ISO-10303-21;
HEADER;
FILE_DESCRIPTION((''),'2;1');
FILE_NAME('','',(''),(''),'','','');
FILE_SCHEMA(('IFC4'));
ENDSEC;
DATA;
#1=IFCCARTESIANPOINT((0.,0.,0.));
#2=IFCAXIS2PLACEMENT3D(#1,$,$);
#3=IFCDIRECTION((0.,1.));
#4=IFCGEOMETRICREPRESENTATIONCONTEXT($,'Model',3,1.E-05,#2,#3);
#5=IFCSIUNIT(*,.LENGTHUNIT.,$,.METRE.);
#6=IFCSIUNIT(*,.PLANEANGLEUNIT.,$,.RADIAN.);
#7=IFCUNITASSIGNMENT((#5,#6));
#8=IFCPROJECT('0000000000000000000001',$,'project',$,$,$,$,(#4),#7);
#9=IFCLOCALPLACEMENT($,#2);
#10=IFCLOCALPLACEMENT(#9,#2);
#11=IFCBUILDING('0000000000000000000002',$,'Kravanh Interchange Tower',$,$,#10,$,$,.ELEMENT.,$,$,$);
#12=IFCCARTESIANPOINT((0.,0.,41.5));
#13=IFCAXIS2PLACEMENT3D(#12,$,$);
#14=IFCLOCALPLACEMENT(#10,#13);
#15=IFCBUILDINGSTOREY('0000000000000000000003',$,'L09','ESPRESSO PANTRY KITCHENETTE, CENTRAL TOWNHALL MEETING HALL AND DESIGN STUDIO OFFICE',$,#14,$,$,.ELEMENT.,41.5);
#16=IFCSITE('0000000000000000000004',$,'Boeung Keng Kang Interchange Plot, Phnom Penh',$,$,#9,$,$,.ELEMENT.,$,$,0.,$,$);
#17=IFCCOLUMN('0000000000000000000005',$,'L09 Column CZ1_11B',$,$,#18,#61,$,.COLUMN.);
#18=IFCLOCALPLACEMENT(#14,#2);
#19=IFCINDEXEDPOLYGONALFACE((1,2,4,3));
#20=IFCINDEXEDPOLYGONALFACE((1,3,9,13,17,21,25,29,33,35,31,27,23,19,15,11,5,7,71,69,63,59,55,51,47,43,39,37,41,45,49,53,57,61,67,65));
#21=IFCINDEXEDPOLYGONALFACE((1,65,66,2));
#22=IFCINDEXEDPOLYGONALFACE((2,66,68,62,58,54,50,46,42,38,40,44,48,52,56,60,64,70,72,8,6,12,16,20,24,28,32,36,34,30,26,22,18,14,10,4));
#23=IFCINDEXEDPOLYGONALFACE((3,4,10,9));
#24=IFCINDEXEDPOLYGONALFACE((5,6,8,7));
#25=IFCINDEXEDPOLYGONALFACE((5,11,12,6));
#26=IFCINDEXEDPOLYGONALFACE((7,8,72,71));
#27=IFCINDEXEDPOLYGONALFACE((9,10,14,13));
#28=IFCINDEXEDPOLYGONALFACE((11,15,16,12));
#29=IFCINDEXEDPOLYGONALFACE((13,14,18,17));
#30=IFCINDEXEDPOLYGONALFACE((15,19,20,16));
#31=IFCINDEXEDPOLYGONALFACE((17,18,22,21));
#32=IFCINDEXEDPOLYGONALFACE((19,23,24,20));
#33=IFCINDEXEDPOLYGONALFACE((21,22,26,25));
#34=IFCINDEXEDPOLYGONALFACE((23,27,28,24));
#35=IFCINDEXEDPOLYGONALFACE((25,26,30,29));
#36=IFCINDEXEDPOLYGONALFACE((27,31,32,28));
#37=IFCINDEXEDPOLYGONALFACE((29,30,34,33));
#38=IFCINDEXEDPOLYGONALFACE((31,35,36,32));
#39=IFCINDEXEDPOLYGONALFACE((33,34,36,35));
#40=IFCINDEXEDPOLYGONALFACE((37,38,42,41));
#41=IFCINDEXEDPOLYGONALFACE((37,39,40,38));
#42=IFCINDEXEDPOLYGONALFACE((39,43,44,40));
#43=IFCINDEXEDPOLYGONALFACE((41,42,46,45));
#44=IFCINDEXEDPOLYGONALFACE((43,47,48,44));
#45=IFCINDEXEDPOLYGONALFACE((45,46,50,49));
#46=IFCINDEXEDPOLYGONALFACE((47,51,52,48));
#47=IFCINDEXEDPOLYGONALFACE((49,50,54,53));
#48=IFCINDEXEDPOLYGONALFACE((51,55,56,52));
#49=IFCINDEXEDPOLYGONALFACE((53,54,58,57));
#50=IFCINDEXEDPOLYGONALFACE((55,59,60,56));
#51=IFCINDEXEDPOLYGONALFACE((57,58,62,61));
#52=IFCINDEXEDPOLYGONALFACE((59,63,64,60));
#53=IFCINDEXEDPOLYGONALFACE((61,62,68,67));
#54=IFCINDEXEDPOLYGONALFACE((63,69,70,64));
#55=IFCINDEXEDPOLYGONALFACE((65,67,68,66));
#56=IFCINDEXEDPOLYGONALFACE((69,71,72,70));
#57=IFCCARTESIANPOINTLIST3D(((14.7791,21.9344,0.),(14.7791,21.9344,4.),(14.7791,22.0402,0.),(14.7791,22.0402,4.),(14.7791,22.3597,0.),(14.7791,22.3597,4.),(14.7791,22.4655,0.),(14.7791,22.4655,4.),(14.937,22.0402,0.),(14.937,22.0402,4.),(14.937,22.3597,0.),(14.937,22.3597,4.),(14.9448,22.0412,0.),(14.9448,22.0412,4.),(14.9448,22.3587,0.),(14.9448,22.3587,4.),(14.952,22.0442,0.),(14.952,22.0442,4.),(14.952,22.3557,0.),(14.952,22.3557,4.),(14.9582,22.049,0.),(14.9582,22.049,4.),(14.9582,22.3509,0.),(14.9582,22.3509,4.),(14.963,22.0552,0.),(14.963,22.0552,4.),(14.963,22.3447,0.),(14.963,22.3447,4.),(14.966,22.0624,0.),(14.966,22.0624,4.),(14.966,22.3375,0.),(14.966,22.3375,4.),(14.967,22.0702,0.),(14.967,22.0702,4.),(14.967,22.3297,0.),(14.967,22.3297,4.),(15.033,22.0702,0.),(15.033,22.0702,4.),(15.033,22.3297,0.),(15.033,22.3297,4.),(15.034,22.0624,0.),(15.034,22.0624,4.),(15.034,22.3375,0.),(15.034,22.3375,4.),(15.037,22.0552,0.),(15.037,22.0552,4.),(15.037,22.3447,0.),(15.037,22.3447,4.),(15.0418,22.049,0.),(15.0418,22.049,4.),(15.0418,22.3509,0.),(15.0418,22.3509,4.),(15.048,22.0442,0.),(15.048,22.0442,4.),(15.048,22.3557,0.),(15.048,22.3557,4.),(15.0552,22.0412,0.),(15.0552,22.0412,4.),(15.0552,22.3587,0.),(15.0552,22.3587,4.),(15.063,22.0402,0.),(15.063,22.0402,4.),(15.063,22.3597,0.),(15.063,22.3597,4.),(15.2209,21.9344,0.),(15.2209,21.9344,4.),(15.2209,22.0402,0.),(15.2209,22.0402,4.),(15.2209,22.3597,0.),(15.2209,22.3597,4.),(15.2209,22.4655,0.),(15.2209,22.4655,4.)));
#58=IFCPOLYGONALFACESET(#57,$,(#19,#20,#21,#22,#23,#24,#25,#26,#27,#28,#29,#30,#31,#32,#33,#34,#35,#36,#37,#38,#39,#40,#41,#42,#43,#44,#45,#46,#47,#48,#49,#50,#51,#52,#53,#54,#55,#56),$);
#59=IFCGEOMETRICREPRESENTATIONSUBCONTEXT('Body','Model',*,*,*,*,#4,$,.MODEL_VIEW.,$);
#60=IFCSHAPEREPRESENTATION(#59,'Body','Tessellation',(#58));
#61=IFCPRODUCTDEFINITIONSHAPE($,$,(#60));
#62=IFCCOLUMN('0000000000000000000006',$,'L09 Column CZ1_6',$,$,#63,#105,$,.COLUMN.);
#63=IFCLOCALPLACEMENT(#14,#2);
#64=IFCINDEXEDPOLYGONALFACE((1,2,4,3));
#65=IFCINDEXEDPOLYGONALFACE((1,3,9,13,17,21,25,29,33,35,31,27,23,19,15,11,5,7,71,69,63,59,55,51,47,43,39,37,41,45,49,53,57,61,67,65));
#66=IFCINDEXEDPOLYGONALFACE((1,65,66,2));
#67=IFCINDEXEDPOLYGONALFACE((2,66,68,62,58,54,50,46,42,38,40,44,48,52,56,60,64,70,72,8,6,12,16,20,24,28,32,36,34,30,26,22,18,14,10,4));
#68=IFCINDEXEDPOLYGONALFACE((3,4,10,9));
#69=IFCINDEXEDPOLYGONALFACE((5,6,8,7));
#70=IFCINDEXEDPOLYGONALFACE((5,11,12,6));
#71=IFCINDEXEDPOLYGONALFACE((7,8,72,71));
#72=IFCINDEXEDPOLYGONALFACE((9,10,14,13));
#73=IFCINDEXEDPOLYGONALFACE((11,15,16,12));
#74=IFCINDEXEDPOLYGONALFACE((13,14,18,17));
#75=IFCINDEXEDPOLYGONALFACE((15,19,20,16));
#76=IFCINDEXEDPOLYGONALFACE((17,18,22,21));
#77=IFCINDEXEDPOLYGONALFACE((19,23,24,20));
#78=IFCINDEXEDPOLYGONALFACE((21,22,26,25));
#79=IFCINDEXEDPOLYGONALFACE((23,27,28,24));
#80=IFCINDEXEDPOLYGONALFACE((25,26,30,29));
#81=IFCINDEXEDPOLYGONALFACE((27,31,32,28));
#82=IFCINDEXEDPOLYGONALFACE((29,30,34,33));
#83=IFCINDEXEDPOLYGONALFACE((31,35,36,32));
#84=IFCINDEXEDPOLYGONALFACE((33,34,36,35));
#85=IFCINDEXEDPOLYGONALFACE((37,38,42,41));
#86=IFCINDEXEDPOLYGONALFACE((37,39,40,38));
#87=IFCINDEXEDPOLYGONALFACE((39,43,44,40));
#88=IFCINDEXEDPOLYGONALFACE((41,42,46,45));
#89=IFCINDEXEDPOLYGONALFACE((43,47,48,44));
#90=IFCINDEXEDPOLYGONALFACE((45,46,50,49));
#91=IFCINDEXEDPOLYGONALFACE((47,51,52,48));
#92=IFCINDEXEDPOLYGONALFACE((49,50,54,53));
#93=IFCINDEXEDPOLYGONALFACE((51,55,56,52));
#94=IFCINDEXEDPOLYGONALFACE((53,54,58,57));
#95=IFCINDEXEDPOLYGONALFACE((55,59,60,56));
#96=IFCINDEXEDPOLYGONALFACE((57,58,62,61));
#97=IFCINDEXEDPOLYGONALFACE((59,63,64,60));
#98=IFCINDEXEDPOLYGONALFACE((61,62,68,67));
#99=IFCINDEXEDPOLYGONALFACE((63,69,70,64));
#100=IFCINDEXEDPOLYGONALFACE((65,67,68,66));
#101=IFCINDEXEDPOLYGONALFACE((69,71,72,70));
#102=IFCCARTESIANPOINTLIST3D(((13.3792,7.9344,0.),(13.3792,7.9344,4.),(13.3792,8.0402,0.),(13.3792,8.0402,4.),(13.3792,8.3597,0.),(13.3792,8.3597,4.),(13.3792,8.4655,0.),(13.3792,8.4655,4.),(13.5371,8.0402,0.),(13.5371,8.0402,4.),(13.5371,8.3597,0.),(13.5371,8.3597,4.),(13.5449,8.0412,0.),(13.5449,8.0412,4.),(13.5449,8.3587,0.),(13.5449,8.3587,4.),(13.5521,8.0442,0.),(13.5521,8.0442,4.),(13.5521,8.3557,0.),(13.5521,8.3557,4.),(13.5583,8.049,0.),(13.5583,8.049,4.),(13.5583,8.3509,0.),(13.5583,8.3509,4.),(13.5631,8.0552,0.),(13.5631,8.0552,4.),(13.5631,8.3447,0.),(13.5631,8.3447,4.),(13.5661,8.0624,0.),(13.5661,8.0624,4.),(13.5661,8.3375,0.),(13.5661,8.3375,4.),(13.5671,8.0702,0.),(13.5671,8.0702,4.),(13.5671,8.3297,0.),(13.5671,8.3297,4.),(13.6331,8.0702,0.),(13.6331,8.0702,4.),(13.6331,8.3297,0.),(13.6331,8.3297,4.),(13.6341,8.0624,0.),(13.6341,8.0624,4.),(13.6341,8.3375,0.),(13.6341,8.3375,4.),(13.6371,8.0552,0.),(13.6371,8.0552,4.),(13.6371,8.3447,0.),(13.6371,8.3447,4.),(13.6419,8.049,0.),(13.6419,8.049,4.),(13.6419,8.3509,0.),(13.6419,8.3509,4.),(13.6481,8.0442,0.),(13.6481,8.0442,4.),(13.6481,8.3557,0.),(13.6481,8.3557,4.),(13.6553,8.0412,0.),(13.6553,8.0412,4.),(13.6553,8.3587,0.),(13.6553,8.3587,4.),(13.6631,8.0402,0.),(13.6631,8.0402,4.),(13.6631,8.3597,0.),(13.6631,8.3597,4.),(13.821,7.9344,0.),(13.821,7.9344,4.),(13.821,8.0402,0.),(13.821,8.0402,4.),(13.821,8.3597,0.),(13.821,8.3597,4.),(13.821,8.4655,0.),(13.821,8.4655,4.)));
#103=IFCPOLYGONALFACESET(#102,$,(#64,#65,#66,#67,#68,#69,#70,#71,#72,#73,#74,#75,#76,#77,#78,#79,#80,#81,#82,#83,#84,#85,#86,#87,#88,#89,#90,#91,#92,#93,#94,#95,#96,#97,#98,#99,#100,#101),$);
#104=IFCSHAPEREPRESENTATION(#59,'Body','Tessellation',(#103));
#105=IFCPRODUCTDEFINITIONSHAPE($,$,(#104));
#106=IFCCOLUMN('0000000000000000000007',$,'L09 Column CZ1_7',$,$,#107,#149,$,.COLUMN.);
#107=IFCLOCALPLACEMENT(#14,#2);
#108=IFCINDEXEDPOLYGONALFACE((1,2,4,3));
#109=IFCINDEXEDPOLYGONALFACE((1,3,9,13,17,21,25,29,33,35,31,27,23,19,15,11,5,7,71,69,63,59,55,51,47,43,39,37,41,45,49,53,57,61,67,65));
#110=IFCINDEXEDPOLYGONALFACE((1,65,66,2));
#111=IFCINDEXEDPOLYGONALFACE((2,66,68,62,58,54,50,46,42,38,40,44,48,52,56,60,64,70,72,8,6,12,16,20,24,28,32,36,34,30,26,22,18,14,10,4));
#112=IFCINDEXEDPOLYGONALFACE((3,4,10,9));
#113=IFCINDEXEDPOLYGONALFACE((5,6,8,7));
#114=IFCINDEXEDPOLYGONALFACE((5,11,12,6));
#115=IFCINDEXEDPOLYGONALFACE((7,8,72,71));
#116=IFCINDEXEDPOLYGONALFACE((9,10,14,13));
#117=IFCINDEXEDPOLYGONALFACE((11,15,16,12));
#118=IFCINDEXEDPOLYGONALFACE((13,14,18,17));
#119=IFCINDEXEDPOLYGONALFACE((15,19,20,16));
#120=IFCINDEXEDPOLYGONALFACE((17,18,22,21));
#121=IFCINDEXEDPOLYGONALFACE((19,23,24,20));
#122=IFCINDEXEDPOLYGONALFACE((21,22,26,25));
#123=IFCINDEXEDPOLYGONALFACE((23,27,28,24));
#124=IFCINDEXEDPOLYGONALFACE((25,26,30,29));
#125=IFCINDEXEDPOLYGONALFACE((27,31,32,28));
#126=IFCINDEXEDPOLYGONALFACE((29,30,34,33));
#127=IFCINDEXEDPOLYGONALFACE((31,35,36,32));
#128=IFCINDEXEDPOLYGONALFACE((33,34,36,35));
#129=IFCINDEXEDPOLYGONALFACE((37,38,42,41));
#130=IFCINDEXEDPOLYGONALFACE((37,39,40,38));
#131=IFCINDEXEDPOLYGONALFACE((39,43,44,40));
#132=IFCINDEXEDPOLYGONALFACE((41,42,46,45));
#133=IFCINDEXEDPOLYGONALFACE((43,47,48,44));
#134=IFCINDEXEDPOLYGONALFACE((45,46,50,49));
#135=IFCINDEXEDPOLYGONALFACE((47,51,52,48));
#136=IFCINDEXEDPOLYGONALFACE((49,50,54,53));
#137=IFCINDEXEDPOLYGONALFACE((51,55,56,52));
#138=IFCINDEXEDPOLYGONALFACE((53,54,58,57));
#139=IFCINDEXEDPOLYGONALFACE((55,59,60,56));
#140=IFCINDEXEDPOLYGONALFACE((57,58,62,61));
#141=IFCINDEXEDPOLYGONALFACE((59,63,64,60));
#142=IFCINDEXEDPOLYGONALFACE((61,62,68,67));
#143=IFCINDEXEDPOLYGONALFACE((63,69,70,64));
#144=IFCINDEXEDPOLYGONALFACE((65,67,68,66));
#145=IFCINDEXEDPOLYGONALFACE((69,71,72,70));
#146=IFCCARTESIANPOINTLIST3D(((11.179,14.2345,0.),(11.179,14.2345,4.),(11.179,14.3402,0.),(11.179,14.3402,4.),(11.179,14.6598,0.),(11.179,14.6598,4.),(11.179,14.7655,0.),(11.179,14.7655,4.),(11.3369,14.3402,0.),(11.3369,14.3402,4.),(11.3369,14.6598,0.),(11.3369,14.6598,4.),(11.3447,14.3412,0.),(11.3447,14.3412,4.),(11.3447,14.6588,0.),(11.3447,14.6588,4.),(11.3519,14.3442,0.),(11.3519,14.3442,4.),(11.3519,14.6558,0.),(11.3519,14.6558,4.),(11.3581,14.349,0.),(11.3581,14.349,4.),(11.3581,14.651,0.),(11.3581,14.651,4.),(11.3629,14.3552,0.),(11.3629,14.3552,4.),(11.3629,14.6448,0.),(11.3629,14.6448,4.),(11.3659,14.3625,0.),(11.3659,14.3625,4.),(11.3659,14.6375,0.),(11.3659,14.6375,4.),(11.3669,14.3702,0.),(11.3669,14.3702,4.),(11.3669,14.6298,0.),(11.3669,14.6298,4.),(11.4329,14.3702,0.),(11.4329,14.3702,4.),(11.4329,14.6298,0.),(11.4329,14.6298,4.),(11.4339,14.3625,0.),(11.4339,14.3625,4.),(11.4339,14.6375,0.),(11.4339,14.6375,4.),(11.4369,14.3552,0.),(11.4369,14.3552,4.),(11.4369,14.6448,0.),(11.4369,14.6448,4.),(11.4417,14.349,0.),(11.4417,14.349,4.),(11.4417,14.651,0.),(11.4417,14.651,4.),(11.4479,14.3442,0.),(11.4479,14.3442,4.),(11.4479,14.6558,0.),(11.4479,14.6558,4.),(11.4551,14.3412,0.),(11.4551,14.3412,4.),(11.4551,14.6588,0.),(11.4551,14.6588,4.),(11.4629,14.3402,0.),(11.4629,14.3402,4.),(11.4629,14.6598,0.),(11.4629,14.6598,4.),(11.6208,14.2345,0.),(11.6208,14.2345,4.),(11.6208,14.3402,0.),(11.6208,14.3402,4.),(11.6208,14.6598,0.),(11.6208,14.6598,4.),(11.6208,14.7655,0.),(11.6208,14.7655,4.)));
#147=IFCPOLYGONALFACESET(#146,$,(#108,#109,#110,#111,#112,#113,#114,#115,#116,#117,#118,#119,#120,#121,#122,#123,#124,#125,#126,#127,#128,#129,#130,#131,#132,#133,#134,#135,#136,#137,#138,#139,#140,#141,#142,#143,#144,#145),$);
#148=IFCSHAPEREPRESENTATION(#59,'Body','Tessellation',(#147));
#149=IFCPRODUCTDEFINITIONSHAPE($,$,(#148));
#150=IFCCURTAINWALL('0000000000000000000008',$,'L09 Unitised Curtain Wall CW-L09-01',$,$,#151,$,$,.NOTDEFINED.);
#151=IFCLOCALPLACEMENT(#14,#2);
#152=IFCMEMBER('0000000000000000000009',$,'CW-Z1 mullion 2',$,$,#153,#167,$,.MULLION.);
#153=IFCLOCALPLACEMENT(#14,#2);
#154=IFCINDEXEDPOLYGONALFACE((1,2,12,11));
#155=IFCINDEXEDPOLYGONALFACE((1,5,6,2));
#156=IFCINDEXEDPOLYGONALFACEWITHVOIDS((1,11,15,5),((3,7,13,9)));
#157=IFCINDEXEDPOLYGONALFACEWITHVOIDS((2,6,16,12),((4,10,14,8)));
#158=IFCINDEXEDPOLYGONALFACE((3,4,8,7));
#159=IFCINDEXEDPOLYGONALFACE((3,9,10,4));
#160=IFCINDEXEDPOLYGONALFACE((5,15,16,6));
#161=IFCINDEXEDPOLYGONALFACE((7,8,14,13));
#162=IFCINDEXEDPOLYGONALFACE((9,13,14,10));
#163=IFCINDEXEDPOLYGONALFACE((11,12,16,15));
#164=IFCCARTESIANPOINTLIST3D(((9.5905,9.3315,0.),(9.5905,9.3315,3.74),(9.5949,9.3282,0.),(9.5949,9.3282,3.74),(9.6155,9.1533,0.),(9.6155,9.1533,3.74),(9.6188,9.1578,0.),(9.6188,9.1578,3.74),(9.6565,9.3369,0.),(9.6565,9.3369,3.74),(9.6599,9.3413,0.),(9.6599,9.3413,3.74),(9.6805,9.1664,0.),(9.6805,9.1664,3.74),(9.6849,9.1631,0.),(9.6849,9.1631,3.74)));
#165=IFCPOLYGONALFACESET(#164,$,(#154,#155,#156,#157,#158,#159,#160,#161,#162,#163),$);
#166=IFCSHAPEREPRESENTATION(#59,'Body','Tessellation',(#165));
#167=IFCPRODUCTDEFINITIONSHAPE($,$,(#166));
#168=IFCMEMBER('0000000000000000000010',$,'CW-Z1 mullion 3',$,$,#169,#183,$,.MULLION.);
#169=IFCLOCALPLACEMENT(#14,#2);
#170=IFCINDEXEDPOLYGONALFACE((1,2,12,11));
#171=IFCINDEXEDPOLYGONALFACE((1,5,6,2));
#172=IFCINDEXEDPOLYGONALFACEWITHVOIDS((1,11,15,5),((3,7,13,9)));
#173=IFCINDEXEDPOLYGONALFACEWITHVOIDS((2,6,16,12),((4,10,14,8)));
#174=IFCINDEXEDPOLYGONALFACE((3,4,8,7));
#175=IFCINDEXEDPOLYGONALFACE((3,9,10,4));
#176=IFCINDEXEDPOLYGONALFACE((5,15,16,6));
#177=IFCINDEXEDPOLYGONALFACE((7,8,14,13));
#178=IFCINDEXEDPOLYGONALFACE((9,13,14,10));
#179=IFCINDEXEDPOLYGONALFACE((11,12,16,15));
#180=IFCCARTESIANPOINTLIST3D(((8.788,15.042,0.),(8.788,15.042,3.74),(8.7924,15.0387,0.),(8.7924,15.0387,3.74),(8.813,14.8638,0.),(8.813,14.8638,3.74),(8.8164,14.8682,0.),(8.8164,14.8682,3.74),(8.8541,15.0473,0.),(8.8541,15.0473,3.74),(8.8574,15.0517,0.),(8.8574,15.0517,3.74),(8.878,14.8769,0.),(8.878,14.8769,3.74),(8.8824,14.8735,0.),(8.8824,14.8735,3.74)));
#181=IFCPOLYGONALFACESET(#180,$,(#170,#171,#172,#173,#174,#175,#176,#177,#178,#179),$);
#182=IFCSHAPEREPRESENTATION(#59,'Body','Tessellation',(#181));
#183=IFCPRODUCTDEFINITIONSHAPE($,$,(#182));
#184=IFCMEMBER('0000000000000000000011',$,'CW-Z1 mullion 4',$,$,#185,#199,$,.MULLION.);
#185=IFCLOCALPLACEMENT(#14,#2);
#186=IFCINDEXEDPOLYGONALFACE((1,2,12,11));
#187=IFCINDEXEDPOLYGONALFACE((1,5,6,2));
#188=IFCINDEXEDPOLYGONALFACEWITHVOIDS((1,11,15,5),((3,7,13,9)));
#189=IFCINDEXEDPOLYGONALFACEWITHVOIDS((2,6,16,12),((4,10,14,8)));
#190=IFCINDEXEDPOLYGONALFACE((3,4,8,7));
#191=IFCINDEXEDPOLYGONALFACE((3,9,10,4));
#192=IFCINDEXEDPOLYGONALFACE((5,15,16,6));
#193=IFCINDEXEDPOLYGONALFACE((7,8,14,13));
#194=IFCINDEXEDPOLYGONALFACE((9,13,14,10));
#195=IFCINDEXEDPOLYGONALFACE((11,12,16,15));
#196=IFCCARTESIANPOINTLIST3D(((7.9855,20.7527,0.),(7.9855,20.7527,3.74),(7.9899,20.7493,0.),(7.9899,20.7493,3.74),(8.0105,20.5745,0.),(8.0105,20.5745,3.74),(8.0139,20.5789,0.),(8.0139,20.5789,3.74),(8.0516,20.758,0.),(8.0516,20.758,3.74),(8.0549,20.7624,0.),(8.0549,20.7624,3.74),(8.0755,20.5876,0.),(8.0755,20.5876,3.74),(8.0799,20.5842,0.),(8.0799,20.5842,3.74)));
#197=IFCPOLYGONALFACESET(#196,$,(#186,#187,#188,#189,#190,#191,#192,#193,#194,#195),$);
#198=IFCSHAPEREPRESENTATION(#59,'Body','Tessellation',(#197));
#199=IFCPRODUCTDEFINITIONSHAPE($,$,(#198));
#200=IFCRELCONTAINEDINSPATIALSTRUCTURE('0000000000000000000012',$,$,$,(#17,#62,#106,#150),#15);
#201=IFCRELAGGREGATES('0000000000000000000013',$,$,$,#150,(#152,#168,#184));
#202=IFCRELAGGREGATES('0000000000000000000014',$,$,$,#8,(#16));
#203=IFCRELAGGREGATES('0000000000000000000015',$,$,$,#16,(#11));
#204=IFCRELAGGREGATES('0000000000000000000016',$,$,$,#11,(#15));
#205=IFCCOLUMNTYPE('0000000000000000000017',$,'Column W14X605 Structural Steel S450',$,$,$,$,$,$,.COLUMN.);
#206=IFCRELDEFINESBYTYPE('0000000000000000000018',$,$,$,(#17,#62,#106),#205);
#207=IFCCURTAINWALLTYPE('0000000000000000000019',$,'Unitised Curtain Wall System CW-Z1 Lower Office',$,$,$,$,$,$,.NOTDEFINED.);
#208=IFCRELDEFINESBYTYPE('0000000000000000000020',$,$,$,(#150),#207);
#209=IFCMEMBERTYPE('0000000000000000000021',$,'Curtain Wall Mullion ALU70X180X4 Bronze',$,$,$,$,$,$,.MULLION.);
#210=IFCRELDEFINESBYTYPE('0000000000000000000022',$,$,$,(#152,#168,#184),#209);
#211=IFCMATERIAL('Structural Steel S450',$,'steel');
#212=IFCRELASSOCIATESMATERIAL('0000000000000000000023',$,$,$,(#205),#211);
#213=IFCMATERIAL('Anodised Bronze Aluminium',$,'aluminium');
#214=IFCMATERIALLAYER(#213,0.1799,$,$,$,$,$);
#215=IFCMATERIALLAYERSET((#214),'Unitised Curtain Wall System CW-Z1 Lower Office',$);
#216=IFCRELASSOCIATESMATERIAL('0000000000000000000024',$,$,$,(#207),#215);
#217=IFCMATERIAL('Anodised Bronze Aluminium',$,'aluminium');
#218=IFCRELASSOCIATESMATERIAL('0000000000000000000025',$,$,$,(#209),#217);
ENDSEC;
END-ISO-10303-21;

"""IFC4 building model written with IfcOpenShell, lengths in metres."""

from ifc_helpers import new_model, si_unit, direction, frame, origin, origin_2d, place, context, subcontext, project, spatial, hollow_rectangle, i_section, extrude, material, layer, layer_set, material_profile, profile_set, type_object, element, aggregate, save


model = new_model("IFC4")

# Units and contexts
model_context = context("Model", 3, precision=1e-05, world=origin(), true_north=direction((0.0, 1.0)))
body_context = subcontext(model_context, "Body", "Model", "MODEL_VIEW")
ifc_project = project(units=[si_unit("LENGTHUNIT", "METRE"), si_unit("PLANEANGLEUNIT", "RADIAN")], contexts=[model_context])

# Site, building, storey
site_placement = place(None, origin())
site = spatial("IfcSite", under=ifc_project, at=site_placement, Name="Boeung Keng Kang Interchange Plot, Phnom Penh", CompositionType="ELEMENT", RefElevation=0.0)
building_placement = place(site_placement, origin())
building = spatial("IfcBuilding", under=site, at=building_placement, Name="Kravanh Interchange Tower", CompositionType="ELEMENT")
storey_placement = place(building_placement, frame((0.0, 0.0, 41.5)))
storey = spatial("IfcBuildingStorey", under=building, at=storey_placement, Name="L09", Description="ESPRESSO PANTRY KITCHENETTE, CENTRAL TOWNHALL MEETING HALL AND DESIGN STUDIO OFFICE", CompositionType="ELEMENT", Elevation=41.5)

# Columns
ifc_material_1 = material(Name="Structural Steel S450", Category="steel")
ifc_material_profile_1 = material_profile(ifc_material_1, i_section(OverallWidth=0.4419, OverallDepth=0.531, WebThickness=0.0659, FlangeThickness=0.1057, FilletRadius=0.03, at=origin_2d()), Name="W14X605")
ifc_profile_set_1 = profile_set([ifc_material_profile_1], Name="Structural Steel S450")
column_type = type_object("IfcColumnType", Name="Column W14X605 Structural Steel S450", PredefinedType="COLUMN", material=ifc_profile_set_1)
for number, where, z_axis, x_axis, name in (
    (1, (15.0, 22.2, 0.0), (0.0, 0.0, 1.0), (1.0, 0.0, 0.0), "L09 Column CZ1_11B"),
    (2, (13.6001, 8.2, 0.0), (0.0, 0.0, 1.0), (1.0, 0.0, 0.0), "L09 Column CZ1_6"),
    (3, (11.3999, 14.5, 0.0), (0.0, 0.0, 1.0), (1.0, 0.0, 0.0), "L09 Column CZ1_7"),
):
    element("IfcColumn", number, at=place(storey_placement, frame(where, z_axis=z_axis, x_axis=x_axis)), inside=storey, type_object=column_type, Name=name, PredefinedType="COLUMN", context=body_context, shape_type="SweptSolid", body=[
        extrude(i_section(OverallWidth=0.4419, OverallDepth=0.531, WebThickness=0.0659, FlangeThickness=0.1057, FilletRadius=0.03, at=origin_2d()), origin(), (0.0, 0.0, 1.0), 4.0),
    ])

# Curtain wall, members
ifc_material_2 = material(Name="Anodised Bronze Aluminium", Category="aluminium")
ifc_layer_1 = layer(ifc_material_2, 0.1799)
ifc_layer_set_1 = layer_set([ifc_layer_1], Name="Unitised Curtain Wall System CW-Z1 Lower Office")
curtain_wall_type = type_object("IfcCurtainWallType", Name="Unitised Curtain Wall System CW-Z1 Lower Office", PredefinedType="NOTDEFINED", material=ifc_layer_set_1)
curtain_wall_placement = place(storey_placement, origin())
curtain_wall = element("IfcCurtainWall", 4, at=curtain_wall_placement, inside=storey, type_object=curtain_wall_type, Name="L09 Unitised Curtain Wall CW-L09-01", PredefinedType="NOTDEFINED")
ifc_material_3 = material(Name="Anodised Bronze Aluminium", Category="aluminium")
ifc_material_profile_2 = material_profile(ifc_material_3, hollow_rectangle(XDim=0.0701, YDim=0.1799, WallThickness=0.0039, at=origin_2d()), Name="ALU70X180X4")
ifc_profile_set_2 = profile_set([ifc_material_profile_2], Name="Anodised Bronze Aluminium")
member_type_1 = type_object("IfcMemberType", Name="Curtain Wall Mullion ALU70X180X4 Bronze", PredefinedType="MULLION", material=ifc_profile_set_2)
member_1_placement = place(storey_placement, frame((9.6377, 9.2473, 0.0), z_axis=(0.0, 0.0, 1.0), x_axis=(-0.990268, -0.139177, 0.0)))
member_1 = element("IfcMember", 5, at=member_1_placement, type_object=member_type_1, Name="CW-Z1 mullion 2", PredefinedType="MULLION", context=body_context, shape_type="SweptSolid", body=[
    extrude(hollow_rectangle(XDim=0.0701, YDim=0.1799, WallThickness=0.0039, at=origin_2d()), origin(), (0.0, 0.0, 1.0), 3.74),
])
member_2_placement = place(storey_placement, frame((8.8352, 14.9578, 0.0), z_axis=(0.0, 0.0, 1.0), x_axis=(-0.990268, -0.139177, 0.0)))
member_2 = element("IfcMember", 6, at=member_2_placement, type_object=member_type_1, Name="CW-Z1 mullion 3", PredefinedType="MULLION", context=body_context, shape_type="SweptSolid", body=[
    extrude(hollow_rectangle(XDim=0.0701, YDim=0.1799, WallThickness=0.0039, at=origin_2d()), origin(), (0.0, 0.0, 1.0), 3.74),
])
member_3_placement = place(storey_placement, frame((8.0327, 20.6685, 0.0), z_axis=(0.0, 0.0, 1.0), x_axis=(-0.990268, -0.139177, 0.0)))
member_3 = element("IfcMember", 7, at=member_3_placement, type_object=member_type_1, Name="CW-Z1 mullion 4", PredefinedType="MULLION", context=body_context, shape_type="SweptSolid", body=[
    extrude(hollow_rectangle(XDim=0.0701, YDim=0.1799, WallThickness=0.0039, at=origin_2d()), origin(), (0.0, 0.0, 1.0), 3.74),
])

aggregate(curtain_wall, [member_1, member_2, member_3])

save(model, "model.ifc")
